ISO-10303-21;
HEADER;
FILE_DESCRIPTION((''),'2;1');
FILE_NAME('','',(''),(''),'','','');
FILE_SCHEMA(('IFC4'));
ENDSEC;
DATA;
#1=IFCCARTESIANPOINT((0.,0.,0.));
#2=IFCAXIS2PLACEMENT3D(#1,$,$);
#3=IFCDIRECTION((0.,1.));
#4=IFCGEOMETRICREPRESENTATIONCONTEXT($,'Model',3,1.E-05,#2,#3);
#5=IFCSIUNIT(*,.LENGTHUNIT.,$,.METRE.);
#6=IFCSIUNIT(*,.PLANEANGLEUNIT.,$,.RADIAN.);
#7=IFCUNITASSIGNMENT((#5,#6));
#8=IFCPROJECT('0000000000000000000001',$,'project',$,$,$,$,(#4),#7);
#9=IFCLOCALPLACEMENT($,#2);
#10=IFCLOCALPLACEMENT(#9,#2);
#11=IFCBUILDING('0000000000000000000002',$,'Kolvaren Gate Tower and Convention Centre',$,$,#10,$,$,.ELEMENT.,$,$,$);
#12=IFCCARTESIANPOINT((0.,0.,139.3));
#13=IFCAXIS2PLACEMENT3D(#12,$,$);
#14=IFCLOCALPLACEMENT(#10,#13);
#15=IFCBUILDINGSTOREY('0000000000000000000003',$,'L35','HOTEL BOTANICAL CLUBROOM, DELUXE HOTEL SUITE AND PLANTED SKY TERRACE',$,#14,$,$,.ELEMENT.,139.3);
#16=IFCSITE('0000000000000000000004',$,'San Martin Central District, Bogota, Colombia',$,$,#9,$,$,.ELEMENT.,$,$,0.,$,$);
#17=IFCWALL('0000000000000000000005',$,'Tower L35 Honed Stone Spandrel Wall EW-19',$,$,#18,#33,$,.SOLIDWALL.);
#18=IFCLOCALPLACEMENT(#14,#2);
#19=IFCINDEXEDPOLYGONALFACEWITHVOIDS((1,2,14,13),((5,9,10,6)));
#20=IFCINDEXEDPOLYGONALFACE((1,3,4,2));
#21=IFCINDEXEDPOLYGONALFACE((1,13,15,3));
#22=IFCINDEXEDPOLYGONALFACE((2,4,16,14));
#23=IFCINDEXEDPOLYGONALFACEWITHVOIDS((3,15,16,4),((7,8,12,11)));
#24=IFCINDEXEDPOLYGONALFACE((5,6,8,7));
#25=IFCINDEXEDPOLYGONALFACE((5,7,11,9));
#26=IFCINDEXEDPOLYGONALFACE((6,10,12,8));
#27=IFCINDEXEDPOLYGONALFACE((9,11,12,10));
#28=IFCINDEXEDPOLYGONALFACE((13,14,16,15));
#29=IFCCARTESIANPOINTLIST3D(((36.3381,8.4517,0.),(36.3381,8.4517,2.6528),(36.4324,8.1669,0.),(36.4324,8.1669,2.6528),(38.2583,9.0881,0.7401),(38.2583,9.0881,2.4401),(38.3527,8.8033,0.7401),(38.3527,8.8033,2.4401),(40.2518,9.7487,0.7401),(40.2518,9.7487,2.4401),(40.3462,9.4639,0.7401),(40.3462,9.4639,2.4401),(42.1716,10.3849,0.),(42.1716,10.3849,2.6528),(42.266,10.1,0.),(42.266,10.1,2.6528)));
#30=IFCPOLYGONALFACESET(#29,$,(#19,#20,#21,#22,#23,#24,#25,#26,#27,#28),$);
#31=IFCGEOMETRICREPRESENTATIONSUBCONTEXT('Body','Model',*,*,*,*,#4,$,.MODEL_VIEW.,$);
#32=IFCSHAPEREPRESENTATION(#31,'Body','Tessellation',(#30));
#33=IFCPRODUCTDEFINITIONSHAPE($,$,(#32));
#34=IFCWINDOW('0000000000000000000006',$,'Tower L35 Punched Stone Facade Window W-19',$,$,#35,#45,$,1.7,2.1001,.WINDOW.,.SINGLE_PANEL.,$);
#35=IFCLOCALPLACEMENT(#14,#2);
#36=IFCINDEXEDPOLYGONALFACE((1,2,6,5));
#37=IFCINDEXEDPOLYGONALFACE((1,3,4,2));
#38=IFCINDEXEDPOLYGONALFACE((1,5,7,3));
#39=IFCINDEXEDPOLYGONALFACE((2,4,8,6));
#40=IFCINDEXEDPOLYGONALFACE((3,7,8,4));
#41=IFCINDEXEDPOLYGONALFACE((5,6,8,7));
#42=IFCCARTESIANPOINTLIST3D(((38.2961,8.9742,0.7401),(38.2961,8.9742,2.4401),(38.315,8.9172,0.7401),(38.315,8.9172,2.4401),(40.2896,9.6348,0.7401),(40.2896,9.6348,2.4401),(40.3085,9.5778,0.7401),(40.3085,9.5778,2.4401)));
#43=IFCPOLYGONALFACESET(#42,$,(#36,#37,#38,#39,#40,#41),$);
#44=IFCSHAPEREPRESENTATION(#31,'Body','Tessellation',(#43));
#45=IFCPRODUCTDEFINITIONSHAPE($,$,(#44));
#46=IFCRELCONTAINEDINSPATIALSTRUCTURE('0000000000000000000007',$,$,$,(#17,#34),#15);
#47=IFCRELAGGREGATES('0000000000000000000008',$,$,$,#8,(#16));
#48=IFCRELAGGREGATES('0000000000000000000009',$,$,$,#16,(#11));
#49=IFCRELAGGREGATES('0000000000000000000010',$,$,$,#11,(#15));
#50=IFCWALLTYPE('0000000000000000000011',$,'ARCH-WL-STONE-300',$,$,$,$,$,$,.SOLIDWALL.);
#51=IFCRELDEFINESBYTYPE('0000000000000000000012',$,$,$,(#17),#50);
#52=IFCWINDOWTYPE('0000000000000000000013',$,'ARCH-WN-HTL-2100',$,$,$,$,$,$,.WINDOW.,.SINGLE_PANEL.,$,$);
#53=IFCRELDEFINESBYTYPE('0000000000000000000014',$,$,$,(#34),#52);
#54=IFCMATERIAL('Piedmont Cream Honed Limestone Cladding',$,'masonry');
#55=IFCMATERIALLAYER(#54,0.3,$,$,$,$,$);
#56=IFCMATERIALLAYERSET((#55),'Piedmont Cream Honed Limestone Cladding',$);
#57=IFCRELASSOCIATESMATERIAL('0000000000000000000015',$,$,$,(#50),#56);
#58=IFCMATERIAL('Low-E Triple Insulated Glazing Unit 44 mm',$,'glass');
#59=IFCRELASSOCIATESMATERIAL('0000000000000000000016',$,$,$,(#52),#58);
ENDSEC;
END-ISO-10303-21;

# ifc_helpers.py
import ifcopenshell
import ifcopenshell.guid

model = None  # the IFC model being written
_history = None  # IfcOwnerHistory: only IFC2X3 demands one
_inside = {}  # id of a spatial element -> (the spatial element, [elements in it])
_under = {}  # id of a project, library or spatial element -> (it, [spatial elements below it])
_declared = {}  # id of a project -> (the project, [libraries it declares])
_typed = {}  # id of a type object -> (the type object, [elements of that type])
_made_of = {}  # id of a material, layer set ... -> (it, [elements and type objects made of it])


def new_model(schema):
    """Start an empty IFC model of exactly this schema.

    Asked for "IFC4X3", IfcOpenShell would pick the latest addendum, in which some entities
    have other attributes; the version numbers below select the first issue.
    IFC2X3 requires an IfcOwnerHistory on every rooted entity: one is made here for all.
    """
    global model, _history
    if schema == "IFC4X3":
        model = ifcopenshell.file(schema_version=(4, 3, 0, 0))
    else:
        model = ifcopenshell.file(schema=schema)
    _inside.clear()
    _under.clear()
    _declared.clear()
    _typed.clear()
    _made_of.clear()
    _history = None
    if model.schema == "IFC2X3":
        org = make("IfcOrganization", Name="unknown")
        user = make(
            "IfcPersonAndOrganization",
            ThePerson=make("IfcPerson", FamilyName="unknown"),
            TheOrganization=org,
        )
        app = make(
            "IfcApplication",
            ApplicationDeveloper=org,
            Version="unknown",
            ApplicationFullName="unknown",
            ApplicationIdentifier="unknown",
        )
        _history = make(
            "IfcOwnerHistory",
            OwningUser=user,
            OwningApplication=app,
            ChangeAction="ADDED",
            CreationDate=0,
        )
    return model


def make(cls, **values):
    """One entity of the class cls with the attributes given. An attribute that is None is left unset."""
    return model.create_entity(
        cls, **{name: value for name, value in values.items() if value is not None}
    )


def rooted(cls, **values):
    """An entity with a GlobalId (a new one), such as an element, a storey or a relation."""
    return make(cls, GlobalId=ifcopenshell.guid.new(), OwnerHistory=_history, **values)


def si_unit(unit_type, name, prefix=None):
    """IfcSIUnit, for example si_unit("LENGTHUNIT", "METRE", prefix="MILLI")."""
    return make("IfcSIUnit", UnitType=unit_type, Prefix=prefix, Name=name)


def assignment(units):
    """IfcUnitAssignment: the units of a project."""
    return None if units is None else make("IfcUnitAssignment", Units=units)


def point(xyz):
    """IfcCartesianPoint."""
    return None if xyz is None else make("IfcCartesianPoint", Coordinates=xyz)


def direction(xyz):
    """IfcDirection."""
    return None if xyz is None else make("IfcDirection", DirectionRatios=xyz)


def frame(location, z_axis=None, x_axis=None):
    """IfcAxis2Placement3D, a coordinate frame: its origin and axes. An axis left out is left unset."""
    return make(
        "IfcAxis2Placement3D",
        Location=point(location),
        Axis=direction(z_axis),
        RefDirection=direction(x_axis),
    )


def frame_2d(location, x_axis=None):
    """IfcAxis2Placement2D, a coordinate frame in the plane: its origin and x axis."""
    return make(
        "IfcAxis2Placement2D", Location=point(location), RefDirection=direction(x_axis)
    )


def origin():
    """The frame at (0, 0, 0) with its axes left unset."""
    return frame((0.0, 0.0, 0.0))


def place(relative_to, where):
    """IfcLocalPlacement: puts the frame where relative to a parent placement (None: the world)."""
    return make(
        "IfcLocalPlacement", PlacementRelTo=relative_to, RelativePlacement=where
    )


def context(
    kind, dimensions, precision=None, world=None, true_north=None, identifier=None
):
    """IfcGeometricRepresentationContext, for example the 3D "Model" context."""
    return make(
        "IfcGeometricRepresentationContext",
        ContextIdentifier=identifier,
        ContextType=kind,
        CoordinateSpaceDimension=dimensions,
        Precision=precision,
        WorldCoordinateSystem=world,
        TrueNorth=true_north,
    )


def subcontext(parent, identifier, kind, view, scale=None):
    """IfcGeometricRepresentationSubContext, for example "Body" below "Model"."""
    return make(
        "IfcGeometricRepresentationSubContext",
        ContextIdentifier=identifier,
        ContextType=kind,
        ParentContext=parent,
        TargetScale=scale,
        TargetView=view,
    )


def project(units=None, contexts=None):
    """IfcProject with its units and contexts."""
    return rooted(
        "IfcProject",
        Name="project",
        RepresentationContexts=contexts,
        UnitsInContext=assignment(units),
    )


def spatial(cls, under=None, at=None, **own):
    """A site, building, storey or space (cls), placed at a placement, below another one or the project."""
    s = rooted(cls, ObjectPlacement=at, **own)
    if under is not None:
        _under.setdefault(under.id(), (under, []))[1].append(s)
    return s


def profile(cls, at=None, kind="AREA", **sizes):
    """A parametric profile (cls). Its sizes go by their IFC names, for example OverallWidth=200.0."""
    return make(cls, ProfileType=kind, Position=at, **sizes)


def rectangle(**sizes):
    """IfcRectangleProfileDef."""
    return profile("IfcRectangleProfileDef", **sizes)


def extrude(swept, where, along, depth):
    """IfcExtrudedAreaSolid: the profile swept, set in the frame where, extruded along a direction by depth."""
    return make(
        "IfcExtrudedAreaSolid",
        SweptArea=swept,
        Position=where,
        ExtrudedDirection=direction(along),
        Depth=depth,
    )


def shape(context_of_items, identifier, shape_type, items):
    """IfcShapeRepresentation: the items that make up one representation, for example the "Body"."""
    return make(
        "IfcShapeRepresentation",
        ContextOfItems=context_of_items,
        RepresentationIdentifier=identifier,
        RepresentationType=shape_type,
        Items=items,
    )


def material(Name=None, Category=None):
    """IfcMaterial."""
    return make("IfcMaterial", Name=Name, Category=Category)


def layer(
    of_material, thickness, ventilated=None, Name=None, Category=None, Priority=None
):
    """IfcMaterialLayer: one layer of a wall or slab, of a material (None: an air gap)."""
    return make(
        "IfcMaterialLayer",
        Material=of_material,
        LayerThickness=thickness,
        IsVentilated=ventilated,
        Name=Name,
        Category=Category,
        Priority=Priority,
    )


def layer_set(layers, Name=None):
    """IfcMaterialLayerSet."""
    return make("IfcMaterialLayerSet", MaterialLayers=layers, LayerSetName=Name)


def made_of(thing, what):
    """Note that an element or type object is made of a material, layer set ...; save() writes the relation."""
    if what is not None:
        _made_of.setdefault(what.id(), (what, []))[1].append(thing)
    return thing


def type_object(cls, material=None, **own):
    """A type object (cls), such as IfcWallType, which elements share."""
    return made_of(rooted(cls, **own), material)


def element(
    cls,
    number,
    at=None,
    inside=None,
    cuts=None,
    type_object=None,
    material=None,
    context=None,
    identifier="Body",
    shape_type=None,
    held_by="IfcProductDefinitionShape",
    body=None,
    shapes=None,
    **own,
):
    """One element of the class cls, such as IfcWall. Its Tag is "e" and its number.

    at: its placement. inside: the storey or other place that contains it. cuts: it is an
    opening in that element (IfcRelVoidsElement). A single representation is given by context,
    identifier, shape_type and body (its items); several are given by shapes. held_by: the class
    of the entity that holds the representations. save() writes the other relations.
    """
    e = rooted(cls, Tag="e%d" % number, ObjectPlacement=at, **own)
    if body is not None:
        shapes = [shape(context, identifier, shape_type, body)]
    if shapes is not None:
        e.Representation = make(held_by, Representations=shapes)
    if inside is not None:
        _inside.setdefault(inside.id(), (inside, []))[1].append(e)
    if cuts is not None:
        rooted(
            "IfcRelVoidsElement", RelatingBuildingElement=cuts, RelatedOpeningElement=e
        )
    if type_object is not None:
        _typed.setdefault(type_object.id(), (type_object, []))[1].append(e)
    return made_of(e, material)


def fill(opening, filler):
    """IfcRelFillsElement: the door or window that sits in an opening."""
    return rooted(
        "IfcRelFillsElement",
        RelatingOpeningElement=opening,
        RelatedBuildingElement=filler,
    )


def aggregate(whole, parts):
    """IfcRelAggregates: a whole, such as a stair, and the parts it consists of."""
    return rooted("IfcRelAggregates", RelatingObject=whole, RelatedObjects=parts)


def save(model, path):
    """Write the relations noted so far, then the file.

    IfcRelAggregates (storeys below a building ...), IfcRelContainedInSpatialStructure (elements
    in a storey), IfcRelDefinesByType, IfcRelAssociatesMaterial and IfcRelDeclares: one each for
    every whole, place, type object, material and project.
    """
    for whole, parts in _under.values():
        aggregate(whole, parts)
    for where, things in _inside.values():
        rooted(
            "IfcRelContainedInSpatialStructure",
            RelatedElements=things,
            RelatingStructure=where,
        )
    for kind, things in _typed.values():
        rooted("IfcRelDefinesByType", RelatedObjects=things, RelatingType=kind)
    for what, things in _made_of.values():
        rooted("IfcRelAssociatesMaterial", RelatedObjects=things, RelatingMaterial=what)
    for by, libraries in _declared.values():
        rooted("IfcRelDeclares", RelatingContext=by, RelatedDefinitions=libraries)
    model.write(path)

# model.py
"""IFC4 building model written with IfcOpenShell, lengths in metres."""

from ifc_helpers import new_model, si_unit, direction, frame, frame_2d, origin, place, context, subcontext, project, spatial, rectangle, extrude, material, layer, layer_set, type_object, element, fill, save


model = new_model("IFC4")

# Units and contexts
model_context = context("Model", 3, precision=1e-05, world=origin(), true_north=direction((0.0, 1.0)))
body_context = subcontext(model_context, "Body", "Model", "MODEL_VIEW")
ifc_project = project(units=[si_unit("LENGTHUNIT", "METRE"), si_unit("PLANEANGLEUNIT", "RADIAN")], contexts=[model_context])

# Site, building, storey
site_placement = place(None, origin())
site = spatial("IfcSite", under=ifc_project, at=site_placement, Name="San Martin Central District, Bogota, Colombia", CompositionType="ELEMENT", RefElevation=0.0)
building_placement = place(site_placement, origin())
building = spatial("IfcBuilding", under=site, at=building_placement, Name="Kolvaren Gate Tower and Convention Centre", CompositionType="ELEMENT")
storey_placement = place(building_placement, frame((0.0, 0.0, 139.3)))
storey = spatial("IfcBuildingStorey", under=building, at=storey_placement, Name="L35", Description="HOTEL BOTANICAL CLUBROOM, DELUXE HOTEL SUITE AND PLANTED SKY TERRACE", CompositionType="ELEMENT", Elevation=139.3)

# Wall, opening, window
ifc_material_1 = material(Name="Piedmont Cream Honed Limestone Cladding", Category="masonry")
ifc_layer_1 = layer(ifc_material_1, 0.3)
ifc_layer_set_1 = layer_set([ifc_layer_1], Name="Piedmont Cream Honed Limestone Cladding")
wall_type_1 = type_object("IfcWallType", Name="ARCH-WL-STONE-300", PredefinedType="SOLIDWALL", material=ifc_layer_set_1)
ifc_material_2 = material(Name="Low-E Triple Insulated Glazing Unit 44 mm", Category="glass")
window_type = type_object("IfcWindowType", Name="ARCH-WN-HTL-2100", PartitioningType="SINGLE_PANEL", PredefinedType="WINDOW", material=ifc_material_2)
wall_1_placement = place(storey_placement, frame((36.3853, 8.3093, 0.0), z_axis=(0.0, 0.0, 1.0), x_axis=(0.949238, 0.314559, 0.0)))
wall_1 = element("IfcWall", 1, at=wall_1_placement, inside=storey, type_object=wall_type_1, Name="Tower L35 Honed Stone Spandrel Wall EW-19", PredefinedType="SOLIDWALL", context=body_context, shape_type="SweptSolid", body=[
    extrude(rectangle(XDim=6.1455, YDim=0.3, at=frame_2d((3.0728, 0.0))), origin(), (0.0, 0.0, 1.0), 2.6528),
])
opening_1_placement = place(wall_1_placement, frame((2.0229, 0.0, 0.74)))
opening_1 = element("IfcOpeningElement", 2, at=opening_1_placement, cuts=wall_1, PredefinedType="OPENING", context=body_context, shape_type="SweptSolid", body=[
    extrude(rectangle(XDim=2.1001, YDim=1.7, at=frame_2d((1.05, 0.8501))), frame((0.0, 0.1599, 0.0), z_axis=(0.0, -1.0, 0.0), x_axis=(1.0, 0.0, 0.0)), (0.0, 0.0, 1.0), 0.3201),
])
window_1_placement = place(opening_1_placement, origin())
window_1 = element("IfcWindow", 3, at=window_1_placement, inside=storey, type_object=window_type, Name="Tower L35 Punched Stone Facade Window W-19", OverallHeight=1.7, OverallWidth=2.1001, PartitioningType="SINGLE_PANEL", PredefinedType="WINDOW", context=body_context, shape_type="SweptSolid", body=[
    extrude(rectangle(XDim=2.1001, YDim=1.7, at=frame_2d((1.05, 0.8501))), frame((0.0, 0.03, 0.0), z_axis=(0.0, -1.0, 0.0), x_axis=(1.0, 0.0, 0.0)), (0.0, 0.0, 1.0), 0.0601),
])
fill(opening_1, window_1)

save(model, "model.ifc")
